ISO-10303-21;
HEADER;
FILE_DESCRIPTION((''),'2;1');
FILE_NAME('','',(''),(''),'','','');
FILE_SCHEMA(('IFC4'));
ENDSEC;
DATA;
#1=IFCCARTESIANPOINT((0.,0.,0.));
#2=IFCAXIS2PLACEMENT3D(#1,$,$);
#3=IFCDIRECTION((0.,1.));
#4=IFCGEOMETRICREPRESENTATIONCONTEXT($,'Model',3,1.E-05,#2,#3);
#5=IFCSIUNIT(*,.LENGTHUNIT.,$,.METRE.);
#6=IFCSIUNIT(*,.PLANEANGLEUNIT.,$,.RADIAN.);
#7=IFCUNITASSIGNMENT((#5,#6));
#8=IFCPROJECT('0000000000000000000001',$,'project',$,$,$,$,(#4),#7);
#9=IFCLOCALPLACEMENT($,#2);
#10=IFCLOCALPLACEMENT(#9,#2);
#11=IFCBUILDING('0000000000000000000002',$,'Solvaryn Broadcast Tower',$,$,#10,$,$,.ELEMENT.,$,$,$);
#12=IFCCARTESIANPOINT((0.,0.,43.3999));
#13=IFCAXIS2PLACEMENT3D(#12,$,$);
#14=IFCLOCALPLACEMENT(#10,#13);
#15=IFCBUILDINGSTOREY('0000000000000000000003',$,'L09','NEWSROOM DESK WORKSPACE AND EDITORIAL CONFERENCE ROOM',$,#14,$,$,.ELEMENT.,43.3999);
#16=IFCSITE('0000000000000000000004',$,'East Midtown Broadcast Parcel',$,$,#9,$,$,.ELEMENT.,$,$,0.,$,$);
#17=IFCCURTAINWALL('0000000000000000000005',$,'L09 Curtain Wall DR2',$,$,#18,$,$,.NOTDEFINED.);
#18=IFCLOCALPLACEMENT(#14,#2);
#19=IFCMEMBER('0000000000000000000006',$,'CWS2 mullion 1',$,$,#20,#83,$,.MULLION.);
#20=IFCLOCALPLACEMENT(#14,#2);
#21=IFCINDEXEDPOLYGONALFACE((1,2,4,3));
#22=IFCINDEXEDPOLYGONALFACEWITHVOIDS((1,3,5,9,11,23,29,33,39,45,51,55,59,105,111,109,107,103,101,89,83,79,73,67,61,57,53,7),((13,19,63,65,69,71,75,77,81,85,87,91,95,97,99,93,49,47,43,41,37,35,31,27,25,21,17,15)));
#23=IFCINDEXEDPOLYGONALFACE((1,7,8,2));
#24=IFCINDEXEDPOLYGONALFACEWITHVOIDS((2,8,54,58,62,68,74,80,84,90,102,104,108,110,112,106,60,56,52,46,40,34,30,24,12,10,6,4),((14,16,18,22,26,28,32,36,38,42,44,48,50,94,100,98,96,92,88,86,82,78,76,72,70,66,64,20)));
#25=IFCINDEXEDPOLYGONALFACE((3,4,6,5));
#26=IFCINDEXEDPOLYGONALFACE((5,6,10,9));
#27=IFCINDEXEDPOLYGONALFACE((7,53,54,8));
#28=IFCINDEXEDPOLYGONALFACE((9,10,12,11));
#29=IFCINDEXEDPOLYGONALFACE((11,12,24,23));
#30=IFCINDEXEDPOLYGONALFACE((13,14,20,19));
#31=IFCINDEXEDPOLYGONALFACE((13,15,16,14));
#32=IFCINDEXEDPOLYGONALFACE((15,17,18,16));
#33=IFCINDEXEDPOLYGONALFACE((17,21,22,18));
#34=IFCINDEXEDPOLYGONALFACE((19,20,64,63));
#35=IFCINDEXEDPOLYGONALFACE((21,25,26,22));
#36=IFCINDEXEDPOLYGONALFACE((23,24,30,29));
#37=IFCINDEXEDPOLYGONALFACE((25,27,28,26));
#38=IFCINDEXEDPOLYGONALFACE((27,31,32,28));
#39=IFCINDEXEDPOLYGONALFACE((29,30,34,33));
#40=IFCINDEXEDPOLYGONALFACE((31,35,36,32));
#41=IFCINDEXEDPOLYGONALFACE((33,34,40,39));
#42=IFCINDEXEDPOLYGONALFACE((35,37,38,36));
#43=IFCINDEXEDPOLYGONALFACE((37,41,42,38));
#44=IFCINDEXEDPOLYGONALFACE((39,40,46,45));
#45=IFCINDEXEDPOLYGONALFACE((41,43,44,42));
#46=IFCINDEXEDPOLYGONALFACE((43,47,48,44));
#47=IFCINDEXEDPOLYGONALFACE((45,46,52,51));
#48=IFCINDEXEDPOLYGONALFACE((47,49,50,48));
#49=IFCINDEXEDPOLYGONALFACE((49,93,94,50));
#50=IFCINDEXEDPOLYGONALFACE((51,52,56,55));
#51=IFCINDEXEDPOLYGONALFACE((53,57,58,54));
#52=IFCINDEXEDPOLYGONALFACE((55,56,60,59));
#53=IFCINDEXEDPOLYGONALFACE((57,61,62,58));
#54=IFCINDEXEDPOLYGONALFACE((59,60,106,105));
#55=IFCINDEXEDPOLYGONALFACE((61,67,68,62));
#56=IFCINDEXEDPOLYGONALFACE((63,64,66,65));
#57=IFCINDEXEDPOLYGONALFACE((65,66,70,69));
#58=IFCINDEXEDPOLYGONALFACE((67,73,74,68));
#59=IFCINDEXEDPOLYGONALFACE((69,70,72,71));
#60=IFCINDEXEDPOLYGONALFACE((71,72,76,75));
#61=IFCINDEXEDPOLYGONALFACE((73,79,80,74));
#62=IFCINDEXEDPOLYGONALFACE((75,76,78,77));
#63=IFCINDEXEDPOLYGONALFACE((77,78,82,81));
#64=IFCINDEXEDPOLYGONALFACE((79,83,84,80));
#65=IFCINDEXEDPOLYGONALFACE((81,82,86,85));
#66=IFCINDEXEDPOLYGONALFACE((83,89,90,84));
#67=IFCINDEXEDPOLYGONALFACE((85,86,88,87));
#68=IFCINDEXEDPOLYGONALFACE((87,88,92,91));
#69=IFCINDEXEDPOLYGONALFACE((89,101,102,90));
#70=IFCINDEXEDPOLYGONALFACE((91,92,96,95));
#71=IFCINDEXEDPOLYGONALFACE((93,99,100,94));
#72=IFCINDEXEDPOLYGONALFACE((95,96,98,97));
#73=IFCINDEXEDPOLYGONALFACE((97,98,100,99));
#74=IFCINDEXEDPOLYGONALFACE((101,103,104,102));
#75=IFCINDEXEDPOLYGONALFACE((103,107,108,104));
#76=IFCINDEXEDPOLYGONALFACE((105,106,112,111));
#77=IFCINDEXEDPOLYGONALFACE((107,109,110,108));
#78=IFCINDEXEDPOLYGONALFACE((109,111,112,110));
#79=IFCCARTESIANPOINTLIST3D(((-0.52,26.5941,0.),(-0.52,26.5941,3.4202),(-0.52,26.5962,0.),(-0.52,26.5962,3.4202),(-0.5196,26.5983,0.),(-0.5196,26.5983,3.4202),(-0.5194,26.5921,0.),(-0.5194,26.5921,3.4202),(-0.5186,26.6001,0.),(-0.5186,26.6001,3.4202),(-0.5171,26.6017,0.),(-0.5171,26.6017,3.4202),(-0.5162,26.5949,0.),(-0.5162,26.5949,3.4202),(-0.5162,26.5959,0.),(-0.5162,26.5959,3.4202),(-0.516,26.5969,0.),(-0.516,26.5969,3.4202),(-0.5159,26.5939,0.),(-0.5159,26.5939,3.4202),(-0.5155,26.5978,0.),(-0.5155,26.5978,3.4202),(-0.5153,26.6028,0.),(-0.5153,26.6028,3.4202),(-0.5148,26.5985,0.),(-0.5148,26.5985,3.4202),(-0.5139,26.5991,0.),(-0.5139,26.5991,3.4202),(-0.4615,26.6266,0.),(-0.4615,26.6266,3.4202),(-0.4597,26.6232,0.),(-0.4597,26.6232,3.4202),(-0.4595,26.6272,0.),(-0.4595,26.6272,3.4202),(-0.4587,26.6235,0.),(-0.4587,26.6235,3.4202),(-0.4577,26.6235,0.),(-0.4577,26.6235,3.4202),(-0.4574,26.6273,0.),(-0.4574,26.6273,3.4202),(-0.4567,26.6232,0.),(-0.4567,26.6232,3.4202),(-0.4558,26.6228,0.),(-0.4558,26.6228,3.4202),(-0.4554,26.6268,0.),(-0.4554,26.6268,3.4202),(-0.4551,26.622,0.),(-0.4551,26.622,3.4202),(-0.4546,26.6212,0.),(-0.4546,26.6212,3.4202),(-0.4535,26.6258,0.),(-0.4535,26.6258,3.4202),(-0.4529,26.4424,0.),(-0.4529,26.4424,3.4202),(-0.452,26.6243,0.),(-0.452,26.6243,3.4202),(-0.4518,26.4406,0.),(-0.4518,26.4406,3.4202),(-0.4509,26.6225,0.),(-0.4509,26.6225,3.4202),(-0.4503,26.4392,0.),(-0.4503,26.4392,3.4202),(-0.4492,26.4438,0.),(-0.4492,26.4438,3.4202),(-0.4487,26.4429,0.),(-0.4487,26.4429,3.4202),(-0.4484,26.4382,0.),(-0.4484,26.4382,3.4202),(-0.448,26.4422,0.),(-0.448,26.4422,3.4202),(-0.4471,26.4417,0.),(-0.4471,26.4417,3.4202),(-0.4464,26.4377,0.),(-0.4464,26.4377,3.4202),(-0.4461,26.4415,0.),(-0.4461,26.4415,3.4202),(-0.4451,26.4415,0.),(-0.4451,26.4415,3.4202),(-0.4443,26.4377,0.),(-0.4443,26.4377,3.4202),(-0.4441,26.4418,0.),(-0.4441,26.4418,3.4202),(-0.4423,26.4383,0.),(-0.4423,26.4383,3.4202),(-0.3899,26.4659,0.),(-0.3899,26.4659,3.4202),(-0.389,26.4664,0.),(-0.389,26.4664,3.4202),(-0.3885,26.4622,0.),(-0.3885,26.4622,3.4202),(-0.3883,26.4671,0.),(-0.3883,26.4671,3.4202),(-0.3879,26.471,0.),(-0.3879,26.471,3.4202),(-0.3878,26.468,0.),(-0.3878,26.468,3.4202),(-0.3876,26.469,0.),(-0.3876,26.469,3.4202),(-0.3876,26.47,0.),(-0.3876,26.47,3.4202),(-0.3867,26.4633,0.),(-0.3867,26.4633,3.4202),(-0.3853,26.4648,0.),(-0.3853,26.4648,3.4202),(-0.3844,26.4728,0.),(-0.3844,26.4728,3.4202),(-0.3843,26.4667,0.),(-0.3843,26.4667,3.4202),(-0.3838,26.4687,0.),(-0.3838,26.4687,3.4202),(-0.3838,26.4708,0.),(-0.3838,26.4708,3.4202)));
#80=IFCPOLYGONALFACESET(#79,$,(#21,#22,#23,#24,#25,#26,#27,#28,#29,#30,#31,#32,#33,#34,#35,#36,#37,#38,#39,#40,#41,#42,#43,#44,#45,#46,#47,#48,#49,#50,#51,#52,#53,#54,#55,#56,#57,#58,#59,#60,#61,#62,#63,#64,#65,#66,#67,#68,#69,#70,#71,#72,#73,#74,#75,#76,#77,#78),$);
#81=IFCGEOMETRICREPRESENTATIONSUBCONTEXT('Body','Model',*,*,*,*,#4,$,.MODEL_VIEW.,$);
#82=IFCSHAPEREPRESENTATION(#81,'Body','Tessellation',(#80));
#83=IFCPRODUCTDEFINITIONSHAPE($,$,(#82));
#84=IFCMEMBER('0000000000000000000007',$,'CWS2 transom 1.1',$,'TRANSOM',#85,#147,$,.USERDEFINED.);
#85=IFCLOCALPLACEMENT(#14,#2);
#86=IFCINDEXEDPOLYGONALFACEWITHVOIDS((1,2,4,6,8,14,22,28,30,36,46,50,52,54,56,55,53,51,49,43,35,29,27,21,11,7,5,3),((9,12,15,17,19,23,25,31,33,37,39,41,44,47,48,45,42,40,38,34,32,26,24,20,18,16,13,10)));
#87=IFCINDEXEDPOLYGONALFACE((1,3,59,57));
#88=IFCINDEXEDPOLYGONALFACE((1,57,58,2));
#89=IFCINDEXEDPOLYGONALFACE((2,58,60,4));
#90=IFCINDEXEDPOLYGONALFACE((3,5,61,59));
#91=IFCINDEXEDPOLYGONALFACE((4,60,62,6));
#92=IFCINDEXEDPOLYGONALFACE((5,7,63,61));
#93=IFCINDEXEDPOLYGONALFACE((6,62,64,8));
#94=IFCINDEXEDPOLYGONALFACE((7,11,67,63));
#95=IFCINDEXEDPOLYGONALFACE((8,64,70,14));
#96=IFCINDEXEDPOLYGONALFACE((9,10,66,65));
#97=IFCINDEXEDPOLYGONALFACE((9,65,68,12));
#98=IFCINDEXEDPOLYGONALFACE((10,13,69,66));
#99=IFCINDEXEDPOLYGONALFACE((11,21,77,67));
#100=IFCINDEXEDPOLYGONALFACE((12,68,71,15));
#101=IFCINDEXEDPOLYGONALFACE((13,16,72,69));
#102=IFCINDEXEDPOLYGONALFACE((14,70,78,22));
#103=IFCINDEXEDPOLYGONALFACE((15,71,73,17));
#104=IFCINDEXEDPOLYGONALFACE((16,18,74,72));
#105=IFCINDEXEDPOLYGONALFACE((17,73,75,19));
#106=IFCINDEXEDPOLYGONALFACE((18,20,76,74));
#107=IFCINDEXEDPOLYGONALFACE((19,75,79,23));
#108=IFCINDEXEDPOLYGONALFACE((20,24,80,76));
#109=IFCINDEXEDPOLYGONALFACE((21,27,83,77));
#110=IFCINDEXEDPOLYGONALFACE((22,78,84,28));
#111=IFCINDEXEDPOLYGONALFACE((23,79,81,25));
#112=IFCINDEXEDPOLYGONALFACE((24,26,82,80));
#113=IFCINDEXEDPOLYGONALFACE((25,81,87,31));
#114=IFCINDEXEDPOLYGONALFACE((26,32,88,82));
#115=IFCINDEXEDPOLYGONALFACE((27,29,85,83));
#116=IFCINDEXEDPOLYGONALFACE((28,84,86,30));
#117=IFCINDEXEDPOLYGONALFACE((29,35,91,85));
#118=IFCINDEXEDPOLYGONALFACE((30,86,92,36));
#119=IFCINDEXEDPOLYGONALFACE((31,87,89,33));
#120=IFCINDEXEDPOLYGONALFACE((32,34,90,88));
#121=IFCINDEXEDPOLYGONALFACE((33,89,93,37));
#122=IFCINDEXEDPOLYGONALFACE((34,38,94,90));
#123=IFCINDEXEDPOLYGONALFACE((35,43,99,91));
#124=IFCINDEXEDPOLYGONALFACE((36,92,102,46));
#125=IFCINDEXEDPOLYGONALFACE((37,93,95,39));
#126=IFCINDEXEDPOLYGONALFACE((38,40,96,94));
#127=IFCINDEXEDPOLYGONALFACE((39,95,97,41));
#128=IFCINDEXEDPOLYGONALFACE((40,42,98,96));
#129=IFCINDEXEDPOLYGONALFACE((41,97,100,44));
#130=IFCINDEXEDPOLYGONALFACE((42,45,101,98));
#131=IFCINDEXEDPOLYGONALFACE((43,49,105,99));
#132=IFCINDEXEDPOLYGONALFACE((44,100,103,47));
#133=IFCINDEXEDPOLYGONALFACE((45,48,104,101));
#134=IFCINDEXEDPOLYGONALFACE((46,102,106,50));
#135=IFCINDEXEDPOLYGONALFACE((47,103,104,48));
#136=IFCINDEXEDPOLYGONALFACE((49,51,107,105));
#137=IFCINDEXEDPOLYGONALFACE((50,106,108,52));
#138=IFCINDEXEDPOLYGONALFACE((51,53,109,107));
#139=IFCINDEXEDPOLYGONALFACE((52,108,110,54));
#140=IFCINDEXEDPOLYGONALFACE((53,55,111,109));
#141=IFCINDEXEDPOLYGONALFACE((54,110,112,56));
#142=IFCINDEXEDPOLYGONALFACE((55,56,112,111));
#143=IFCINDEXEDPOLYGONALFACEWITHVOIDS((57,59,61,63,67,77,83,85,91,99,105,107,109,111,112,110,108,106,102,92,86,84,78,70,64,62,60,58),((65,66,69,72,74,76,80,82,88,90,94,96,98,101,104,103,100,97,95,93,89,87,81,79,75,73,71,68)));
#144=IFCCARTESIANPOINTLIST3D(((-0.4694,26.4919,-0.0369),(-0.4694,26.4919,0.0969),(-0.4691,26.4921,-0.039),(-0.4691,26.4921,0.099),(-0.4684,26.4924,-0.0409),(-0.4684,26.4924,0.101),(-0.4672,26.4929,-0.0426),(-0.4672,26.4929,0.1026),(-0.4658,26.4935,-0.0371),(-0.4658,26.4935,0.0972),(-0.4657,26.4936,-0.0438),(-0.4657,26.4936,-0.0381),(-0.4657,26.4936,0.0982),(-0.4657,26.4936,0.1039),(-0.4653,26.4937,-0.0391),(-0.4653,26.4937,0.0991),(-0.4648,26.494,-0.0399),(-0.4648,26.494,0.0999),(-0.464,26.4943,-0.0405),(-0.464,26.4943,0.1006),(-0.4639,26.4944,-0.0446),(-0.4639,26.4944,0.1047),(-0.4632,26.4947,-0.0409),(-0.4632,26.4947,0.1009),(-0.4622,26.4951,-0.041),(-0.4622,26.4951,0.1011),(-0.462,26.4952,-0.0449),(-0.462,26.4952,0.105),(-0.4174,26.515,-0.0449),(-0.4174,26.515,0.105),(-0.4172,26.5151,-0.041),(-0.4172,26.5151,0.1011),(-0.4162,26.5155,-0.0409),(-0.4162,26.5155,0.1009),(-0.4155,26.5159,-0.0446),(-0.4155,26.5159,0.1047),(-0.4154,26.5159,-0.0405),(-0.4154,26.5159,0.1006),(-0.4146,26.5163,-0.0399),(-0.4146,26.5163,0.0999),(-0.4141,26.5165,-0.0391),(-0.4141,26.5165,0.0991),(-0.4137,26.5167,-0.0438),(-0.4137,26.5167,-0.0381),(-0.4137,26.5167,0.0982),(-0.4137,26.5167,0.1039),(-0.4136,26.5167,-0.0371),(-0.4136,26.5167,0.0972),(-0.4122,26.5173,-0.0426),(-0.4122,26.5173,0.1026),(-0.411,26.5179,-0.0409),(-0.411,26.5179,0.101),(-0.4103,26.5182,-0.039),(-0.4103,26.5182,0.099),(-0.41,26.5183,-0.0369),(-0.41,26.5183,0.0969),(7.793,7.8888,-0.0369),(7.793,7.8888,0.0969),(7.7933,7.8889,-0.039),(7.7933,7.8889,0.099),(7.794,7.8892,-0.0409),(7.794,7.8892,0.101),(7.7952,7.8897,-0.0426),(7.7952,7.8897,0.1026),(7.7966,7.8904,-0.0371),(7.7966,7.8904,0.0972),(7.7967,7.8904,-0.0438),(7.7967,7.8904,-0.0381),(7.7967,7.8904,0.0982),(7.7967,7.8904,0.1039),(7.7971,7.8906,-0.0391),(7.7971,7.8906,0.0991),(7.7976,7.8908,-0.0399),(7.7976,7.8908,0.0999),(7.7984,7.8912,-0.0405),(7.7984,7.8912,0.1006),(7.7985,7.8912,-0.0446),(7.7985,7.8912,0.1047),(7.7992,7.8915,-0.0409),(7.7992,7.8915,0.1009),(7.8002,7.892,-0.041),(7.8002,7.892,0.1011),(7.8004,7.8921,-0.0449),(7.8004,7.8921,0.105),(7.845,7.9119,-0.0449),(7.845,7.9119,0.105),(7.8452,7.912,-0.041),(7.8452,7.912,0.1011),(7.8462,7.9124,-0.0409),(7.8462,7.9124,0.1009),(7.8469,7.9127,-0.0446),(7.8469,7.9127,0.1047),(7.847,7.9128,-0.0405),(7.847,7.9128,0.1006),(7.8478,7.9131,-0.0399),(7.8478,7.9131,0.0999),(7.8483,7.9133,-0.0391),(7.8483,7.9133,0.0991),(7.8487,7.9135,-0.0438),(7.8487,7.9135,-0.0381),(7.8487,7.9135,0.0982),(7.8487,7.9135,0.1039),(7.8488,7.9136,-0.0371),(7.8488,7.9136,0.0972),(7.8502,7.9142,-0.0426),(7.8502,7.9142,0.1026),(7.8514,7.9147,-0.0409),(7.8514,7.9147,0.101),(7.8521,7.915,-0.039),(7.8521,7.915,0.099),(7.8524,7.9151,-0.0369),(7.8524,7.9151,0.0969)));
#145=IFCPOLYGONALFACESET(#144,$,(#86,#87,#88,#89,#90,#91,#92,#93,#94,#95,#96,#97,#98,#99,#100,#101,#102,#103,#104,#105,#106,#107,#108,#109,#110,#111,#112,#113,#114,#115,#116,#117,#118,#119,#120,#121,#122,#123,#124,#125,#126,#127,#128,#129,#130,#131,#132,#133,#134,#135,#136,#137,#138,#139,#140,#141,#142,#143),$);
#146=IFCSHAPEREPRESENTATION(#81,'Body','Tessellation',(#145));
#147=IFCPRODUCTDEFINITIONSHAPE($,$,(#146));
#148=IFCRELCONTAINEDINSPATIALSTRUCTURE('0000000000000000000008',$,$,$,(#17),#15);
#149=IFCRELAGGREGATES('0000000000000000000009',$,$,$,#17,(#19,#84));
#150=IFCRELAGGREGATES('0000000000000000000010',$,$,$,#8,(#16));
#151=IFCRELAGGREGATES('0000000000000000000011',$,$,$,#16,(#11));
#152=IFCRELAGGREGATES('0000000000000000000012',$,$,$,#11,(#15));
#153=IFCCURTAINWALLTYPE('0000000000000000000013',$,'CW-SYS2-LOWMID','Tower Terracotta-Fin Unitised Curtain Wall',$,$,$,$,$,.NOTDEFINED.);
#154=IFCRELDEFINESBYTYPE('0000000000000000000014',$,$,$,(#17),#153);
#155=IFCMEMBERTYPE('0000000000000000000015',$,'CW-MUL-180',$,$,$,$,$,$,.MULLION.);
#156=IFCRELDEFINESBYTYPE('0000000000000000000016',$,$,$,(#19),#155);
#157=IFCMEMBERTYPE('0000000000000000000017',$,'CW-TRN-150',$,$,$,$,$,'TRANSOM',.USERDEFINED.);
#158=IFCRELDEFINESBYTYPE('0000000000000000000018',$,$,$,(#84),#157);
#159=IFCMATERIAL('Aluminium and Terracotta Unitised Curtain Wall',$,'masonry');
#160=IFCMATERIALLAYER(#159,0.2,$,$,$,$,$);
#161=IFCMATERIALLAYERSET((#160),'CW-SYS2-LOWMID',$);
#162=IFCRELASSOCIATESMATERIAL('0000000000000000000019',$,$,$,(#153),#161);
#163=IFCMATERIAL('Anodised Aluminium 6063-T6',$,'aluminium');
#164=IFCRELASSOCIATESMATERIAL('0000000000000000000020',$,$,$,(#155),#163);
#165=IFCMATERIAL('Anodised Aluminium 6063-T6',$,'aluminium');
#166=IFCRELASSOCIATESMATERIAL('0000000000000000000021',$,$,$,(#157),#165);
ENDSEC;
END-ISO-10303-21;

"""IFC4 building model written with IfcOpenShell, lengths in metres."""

from ifc_helpers import new_model, si_unit, direction, frame, origin, origin_2d, place, context, subcontext, project, spatial, hollow_rectangle, extrude, material, layer, layer_set, material_profile, profile_set, type_object, element, aggregate, save


model = new_model("IFC4")

# Units and contexts
model_context = context("Model", 3, precision=1e-05, world=origin(), true_north=direction((0.0, 1.0)))
body_context = subcontext(model_context, "Body", "Model", "MODEL_VIEW")
ifc_project = project(units=[si_unit("LENGTHUNIT", "METRE"), si_unit("PLANEANGLEUNIT", "RADIAN")], contexts=[model_context])

# Site, building, storey
site_placement = place(None, origin())
site = spatial("IfcSite", under=ifc_project, at=site_placement, Name="East Midtown Broadcast Parcel", CompositionType="ELEMENT", RefElevation=0.0)
building_placement = place(site_placement, origin())
building = spatial("IfcBuilding", under=site, at=building_placement, Name="Solvaryn Broadcast Tower", CompositionType="ELEMENT")
storey_placement = place(building_placement, frame((0.0, 0.0, 43.3999)))
storey = spatial("IfcBuildingStorey", under=building, at=storey_placement, Name="L09", Description="NEWSROOM DESK WORKSPACE AND EDITORIAL CONFERENCE ROOM", CompositionType="ELEMENT", Elevation=43.3999)

# Shared definitions
ifc_material_1 = material(Name="Aluminium and Terracotta Unitised Curtain Wall", Category="masonry")
ifc_layer_1 = layer(ifc_material_1, 0.2)
ifc_layer_set_1 = layer_set([ifc_layer_1], Name="CW-SYS2-LOWMID")
curtain_wall_type = type_object("IfcCurtainWallType", Name="CW-SYS2-LOWMID", Description="Tower Terracotta-Fin Unitised Curtain Wall", PredefinedType="NOTDEFINED", material=ifc_layer_set_1)
ifc_material_2 = material(Name="Anodised Aluminium 6063-T6", Category="aluminium")
ifc_material_profile_1 = material_profile(ifc_material_2, hollow_rectangle(XDim=0.075, YDim=0.1799, WallThickness=0.0039, InnerFilletRadius=0.0039, OuterFilletRadius=0.0081, at=origin_2d()))
ifc_profile_set_1 = profile_set([ifc_material_profile_1], Name="Anodised Aluminium 6063-T6")
member_type_1 = type_object("IfcMemberType", Name="CW-MUL-180", PredefinedType="MULLION", material=ifc_profile_set_1)

# Curtain wall, members
curtain_wall_1_placement = place(storey_placement, origin())
curtain_wall_1 = element("IfcCurtainWall", 1, at=curtain_wall_1_placement, inside=storey, type_object=curtain_wall_type, Name="L09 Curtain Wall DR2", PredefinedType="NOTDEFINED")
member_1_placement = place(storey_placement, frame((-0.4519, 26.5325, 0.0), z_axis=(0.0, 0.0, 1.0), x_axis=(0.913918, 0.405898, 0.0)))
member_1 = element("IfcMember", 2, at=member_1_placement, type_object=member_type_1, Name="CWS2 mullion 1", PredefinedType="MULLION", context=body_context, shape_type="SweptSolid", body=[
    extrude(hollow_rectangle(XDim=0.075, YDim=0.1799, WallThickness=0.0039, InnerFilletRadius=0.0039, OuterFilletRadius=0.0081, at=origin_2d()), origin(), (0.0, 0.0, 1.0), 3.4202),
])
ifc_material_3 = material(Name="Anodised Aluminium 6063-T6", Category="aluminium")
ifc_material_profile_2 = material_profile(ifc_material_3, hollow_rectangle(XDim=0.0649, YDim=0.1499, WallThickness=0.0039, InnerFilletRadius=0.0039, OuterFilletRadius=0.0081, at=origin_2d()))
ifc_profile_set_2 = profile_set([ifc_material_profile_2], Name="Anodised Aluminium 6063-T6")
member_type_2 = type_object("IfcMemberType", Name="CW-TRN-150", ElementType="TRANSOM", PredefinedType="USERDEFINED", material=ifc_profile_set_2)
member_2_placement = place(storey_placement, frame((-0.4397, 26.5051, 0.03), z_axis=(0.405906, -0.913915, 0.0), x_axis=(0.913915, 0.405906, 0.0)))
member_2 = element("IfcMember", 3, at=member_2_placement, type_object=member_type_2, Name="CWS2 transom 1.1", ObjectType="TRANSOM", PredefinedType="USERDEFINED", context=body_context, shape_type="SweptSolid", body=[
    extrude(hollow_rectangle(XDim=0.0649, YDim=0.1499, WallThickness=0.0039, InnerFilletRadius=0.0039, OuterFilletRadius=0.0081, at=origin_2d()), origin(), (0.0, 0.0, 1.0), 20.3555),
])
aggregate(curtain_wall_1, [member_1, member_2])

save(model, "model.ifc")
